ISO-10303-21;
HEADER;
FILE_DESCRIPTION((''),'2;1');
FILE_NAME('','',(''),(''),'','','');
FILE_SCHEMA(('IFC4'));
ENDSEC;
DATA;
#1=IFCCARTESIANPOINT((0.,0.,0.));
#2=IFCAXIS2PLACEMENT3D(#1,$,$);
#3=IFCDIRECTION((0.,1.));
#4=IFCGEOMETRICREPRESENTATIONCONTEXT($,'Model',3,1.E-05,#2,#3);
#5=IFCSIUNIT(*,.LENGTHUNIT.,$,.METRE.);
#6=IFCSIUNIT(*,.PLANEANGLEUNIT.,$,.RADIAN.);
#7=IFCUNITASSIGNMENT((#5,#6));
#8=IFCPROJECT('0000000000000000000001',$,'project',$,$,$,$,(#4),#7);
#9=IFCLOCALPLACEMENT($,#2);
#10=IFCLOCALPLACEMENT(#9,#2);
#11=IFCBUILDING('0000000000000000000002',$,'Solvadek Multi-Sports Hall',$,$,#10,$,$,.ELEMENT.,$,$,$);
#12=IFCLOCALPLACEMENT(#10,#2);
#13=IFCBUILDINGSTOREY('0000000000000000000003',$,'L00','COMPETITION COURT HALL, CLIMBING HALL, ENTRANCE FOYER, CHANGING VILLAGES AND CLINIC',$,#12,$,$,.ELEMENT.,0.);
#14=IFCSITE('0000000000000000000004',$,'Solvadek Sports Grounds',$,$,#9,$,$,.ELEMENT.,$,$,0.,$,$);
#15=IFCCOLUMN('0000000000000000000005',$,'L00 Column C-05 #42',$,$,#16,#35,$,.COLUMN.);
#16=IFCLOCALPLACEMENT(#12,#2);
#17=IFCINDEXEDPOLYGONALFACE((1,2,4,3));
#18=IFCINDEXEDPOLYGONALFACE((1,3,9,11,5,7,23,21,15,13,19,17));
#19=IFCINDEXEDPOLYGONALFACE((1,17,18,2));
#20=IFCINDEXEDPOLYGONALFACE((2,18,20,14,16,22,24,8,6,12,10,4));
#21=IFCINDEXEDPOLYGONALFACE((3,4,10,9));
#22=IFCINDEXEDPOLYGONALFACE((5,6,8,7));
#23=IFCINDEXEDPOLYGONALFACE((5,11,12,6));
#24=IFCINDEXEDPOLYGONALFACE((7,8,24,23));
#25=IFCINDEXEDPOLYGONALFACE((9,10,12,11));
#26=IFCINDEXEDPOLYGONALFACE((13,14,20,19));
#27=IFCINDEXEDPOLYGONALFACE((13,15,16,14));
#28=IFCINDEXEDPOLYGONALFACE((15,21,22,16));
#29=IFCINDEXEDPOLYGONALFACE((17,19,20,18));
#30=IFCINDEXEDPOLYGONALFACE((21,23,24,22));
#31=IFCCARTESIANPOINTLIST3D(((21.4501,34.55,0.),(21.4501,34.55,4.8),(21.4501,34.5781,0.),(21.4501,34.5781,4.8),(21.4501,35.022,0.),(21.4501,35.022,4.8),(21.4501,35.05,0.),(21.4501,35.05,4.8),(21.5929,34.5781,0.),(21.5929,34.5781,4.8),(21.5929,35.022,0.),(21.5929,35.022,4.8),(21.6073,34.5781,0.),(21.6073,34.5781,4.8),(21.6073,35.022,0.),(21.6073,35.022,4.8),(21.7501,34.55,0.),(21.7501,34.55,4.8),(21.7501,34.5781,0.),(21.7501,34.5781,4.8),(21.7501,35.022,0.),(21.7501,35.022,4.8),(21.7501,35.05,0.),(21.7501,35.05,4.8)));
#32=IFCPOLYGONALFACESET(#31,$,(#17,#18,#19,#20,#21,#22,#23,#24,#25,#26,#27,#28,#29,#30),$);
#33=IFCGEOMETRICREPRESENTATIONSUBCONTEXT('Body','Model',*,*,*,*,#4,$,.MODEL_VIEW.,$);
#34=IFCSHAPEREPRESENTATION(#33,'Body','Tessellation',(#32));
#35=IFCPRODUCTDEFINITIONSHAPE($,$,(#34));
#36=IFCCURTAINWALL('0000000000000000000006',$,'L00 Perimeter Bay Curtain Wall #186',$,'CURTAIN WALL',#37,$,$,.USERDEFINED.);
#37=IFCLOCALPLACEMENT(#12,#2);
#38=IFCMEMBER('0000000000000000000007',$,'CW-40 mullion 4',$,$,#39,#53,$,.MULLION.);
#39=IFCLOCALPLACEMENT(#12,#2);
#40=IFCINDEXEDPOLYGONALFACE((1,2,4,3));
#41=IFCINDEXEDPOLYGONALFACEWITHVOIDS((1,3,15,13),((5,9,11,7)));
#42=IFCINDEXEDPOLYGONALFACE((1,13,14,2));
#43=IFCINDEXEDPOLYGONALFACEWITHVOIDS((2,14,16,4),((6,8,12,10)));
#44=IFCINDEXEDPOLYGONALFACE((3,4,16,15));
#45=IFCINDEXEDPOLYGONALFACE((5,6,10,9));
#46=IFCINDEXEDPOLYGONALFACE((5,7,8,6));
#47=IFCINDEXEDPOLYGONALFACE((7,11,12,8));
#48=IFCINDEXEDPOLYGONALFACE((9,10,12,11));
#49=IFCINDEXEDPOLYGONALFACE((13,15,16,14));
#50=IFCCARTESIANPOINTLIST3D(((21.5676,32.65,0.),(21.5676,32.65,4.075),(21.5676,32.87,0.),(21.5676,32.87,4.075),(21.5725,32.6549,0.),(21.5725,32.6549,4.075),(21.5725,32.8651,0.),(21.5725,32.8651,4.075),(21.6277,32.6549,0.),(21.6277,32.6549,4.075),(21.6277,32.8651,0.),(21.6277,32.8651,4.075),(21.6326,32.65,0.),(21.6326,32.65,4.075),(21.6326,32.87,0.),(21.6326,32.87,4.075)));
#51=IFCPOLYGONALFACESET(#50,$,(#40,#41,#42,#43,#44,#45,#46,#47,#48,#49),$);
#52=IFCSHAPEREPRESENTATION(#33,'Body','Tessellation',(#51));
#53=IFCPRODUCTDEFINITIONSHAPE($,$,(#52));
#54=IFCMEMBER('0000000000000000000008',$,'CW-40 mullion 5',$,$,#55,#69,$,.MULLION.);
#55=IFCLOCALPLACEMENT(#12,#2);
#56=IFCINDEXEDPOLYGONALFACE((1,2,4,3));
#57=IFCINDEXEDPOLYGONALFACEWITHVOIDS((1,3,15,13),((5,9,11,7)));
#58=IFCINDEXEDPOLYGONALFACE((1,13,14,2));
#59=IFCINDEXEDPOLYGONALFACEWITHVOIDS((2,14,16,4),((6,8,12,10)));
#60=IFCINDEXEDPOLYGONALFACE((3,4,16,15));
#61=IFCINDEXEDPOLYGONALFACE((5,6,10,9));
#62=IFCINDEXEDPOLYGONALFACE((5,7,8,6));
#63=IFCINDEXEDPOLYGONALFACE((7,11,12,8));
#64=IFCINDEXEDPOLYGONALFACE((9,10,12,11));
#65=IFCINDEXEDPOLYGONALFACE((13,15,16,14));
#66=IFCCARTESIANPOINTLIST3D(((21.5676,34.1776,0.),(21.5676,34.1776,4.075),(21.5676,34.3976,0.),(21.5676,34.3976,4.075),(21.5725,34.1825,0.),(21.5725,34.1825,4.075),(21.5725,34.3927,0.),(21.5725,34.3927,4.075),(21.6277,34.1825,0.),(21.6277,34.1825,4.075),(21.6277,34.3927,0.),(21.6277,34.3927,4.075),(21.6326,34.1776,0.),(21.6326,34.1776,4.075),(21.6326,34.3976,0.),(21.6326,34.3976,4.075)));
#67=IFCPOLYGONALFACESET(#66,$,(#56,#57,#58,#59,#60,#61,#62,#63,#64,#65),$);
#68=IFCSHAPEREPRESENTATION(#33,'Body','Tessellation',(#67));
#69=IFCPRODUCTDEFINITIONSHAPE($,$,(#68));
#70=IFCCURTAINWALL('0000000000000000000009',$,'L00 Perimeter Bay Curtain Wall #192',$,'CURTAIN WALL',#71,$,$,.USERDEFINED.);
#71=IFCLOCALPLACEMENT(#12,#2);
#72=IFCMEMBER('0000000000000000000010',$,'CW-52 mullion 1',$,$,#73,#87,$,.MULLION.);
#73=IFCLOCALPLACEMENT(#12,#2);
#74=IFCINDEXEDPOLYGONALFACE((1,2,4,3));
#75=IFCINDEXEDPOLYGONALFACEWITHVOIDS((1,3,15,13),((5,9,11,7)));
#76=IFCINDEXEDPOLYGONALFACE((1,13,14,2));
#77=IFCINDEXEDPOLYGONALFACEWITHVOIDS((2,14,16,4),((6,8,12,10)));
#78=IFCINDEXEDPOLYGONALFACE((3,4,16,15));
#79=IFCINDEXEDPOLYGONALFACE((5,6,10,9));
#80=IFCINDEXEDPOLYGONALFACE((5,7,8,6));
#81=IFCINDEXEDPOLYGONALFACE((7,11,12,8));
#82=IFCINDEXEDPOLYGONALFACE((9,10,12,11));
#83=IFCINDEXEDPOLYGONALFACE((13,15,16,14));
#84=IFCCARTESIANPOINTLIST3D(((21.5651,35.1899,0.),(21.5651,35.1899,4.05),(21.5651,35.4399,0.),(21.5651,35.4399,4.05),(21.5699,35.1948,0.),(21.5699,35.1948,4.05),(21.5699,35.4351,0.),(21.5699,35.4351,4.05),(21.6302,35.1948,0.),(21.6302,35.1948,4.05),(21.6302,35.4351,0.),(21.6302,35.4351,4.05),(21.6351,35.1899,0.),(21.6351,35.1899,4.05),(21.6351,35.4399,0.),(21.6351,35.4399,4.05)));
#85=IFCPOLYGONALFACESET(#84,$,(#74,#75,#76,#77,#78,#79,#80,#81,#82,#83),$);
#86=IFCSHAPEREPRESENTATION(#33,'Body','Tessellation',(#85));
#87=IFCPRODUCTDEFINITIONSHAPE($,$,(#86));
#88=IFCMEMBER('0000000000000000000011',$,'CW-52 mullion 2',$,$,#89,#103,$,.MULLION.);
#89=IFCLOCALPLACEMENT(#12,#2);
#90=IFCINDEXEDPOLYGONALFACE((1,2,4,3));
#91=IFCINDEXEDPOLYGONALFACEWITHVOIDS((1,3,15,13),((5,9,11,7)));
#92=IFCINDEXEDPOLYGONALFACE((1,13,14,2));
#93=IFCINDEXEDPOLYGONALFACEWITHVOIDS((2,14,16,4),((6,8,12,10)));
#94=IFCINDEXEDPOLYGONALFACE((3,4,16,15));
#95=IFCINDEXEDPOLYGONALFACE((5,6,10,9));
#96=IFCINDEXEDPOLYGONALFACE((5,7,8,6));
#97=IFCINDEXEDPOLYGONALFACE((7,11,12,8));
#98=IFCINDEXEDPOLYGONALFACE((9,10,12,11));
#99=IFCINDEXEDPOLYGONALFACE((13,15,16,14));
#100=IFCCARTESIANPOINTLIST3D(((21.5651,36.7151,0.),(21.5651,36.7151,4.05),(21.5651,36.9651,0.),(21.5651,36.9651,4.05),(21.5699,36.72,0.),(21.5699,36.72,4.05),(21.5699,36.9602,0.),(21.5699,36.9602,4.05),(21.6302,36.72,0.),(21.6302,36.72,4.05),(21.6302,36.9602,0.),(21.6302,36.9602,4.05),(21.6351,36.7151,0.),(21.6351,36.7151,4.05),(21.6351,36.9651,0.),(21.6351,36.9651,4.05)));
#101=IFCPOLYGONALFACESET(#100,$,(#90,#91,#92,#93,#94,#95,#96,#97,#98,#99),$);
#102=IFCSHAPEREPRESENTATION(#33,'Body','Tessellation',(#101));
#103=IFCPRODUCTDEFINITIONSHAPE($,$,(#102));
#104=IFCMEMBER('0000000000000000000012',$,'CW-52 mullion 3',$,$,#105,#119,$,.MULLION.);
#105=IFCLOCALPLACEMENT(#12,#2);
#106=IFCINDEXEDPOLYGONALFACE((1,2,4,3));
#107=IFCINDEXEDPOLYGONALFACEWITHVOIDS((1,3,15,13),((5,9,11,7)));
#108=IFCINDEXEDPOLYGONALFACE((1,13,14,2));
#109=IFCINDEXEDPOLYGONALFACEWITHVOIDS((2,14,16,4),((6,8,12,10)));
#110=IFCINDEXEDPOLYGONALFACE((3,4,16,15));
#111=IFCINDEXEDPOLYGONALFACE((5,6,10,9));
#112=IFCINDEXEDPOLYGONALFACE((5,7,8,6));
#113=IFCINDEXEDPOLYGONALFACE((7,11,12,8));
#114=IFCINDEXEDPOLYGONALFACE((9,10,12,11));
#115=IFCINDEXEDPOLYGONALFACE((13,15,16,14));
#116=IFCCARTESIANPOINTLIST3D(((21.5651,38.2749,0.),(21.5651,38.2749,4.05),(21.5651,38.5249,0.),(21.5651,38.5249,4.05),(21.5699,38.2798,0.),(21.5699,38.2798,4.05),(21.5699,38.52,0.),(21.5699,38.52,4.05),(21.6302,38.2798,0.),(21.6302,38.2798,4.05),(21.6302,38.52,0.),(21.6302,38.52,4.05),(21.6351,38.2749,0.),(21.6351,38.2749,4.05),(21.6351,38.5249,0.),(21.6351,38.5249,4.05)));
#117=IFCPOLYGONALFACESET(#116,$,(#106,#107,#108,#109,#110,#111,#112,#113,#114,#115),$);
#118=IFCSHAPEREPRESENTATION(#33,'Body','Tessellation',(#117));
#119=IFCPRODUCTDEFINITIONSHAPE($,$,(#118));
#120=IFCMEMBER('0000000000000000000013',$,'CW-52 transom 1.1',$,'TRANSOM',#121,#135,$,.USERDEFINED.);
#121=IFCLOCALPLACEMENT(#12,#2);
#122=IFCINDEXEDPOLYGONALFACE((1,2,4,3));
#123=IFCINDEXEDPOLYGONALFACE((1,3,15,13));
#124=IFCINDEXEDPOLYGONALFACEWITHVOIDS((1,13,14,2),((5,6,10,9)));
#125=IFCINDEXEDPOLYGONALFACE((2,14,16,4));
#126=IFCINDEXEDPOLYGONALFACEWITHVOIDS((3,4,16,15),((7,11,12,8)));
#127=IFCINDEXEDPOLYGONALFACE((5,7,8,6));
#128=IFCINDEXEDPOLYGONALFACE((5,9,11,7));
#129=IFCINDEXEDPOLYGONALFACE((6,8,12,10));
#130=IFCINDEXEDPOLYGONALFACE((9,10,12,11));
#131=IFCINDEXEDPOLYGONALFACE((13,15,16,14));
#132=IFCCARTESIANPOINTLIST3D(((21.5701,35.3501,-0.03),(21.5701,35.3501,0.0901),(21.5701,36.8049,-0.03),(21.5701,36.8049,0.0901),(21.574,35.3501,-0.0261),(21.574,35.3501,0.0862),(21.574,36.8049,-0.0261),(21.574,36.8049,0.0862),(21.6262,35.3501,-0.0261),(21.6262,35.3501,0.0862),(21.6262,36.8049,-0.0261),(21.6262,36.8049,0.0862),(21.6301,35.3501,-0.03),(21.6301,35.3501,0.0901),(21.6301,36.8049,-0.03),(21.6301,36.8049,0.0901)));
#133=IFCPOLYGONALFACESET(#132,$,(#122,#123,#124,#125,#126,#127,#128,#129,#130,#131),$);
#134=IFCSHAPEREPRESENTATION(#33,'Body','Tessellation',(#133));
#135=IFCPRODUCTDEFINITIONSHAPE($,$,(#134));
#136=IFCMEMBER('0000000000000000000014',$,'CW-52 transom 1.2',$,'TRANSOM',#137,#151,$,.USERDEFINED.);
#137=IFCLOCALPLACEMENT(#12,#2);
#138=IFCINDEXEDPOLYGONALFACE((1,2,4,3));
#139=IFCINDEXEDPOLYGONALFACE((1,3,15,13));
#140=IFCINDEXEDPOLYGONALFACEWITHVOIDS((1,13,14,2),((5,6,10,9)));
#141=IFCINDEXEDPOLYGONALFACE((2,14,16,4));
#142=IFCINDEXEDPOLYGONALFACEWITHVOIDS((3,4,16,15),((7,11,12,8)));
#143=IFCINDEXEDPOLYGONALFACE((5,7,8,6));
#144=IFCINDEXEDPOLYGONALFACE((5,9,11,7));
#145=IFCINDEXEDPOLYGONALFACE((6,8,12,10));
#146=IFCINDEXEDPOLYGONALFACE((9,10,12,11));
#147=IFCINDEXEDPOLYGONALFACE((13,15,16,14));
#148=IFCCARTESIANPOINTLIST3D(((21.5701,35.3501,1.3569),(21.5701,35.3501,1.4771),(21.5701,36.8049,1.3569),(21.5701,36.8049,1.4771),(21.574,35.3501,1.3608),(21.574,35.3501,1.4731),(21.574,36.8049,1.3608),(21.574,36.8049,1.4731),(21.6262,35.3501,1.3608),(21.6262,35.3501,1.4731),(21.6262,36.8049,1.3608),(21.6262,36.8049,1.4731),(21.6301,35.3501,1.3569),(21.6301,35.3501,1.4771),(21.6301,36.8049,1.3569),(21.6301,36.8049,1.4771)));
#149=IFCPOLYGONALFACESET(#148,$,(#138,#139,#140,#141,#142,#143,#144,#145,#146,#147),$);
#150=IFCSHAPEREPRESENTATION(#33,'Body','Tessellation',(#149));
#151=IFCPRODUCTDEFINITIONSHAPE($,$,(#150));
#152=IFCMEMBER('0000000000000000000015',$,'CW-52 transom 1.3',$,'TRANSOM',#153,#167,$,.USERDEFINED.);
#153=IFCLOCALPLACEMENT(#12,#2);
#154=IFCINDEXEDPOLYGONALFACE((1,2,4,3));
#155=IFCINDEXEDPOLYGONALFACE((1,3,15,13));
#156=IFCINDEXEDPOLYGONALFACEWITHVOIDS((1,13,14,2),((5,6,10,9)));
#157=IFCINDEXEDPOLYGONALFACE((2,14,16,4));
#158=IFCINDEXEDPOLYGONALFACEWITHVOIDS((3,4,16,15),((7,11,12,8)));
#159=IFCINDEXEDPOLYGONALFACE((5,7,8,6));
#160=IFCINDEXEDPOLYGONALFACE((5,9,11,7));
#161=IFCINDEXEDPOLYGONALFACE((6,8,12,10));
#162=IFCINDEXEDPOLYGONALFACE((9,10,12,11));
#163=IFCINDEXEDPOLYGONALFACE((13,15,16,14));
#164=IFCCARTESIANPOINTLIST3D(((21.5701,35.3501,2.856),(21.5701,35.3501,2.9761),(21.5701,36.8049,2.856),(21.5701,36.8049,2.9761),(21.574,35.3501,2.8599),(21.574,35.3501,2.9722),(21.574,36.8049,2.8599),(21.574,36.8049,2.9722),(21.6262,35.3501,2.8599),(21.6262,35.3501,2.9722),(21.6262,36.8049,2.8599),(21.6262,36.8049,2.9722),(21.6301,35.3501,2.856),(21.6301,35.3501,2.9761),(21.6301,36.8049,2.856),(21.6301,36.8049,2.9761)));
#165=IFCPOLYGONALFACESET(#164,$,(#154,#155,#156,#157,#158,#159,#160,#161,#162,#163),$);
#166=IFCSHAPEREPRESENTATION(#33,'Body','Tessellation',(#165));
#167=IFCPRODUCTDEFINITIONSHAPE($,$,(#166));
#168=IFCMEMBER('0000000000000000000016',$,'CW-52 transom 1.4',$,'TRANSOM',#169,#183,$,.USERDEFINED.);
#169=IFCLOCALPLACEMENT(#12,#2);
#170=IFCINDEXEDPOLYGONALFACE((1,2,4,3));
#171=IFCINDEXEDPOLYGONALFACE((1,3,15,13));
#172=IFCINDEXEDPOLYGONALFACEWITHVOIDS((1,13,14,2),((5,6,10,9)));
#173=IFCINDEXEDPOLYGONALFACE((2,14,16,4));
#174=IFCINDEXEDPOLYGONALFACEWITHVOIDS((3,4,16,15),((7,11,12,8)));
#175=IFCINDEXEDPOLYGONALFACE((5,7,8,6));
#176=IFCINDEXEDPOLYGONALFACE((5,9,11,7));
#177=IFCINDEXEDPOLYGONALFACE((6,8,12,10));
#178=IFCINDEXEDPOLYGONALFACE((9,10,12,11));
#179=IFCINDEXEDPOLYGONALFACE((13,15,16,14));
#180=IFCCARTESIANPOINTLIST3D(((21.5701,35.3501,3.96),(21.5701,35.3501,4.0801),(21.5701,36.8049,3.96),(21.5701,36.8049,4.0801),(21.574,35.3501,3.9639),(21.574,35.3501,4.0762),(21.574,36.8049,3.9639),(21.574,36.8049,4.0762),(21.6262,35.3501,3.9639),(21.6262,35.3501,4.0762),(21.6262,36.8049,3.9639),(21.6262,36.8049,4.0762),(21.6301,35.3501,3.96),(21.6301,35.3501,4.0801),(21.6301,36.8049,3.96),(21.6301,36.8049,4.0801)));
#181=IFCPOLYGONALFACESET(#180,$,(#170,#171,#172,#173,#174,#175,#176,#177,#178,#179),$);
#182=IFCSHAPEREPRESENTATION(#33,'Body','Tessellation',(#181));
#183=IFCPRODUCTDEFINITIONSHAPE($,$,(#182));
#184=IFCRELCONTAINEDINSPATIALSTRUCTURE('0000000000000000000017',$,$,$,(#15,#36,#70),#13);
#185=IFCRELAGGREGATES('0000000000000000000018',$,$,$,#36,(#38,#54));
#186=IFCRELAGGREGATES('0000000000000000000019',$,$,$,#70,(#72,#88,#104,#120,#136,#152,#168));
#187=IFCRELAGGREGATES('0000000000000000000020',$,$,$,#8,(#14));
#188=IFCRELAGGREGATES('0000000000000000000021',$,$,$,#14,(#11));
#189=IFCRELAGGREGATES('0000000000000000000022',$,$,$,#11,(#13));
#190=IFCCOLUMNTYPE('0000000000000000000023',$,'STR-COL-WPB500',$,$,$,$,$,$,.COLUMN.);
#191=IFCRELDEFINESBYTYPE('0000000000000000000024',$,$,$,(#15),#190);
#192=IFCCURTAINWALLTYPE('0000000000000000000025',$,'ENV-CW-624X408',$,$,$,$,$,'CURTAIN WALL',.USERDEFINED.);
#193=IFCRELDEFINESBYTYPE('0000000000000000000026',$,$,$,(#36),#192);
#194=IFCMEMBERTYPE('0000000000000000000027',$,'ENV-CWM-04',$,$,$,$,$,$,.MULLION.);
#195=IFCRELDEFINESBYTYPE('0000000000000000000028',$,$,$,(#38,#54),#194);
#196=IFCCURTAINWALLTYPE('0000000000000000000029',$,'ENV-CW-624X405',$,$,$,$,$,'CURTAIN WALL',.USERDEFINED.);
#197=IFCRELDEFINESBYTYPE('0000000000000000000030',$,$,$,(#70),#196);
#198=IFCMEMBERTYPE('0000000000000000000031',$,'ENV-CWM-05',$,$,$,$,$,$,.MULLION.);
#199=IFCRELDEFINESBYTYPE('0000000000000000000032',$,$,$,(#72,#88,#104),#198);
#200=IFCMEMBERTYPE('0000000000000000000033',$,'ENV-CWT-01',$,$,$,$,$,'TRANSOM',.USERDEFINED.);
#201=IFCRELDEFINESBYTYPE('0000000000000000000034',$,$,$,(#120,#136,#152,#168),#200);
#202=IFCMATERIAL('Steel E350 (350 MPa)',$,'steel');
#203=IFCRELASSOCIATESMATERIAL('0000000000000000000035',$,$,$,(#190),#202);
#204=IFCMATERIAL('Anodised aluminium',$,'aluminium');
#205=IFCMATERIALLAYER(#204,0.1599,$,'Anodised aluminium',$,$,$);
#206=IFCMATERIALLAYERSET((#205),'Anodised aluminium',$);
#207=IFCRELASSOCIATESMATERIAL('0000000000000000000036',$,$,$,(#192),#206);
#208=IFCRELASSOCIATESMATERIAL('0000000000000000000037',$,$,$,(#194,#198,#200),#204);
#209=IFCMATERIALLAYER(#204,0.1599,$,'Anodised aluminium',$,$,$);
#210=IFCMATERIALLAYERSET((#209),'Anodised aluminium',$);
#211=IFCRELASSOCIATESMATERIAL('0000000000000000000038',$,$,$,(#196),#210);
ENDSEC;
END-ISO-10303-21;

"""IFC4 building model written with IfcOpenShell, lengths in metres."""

from ifc_helpers import new_model, si_unit, direction, frame, origin, origin_2d, place, context, subcontext, project, spatial, hollow_rectangle, i_section, extrude, material, layer, layer_set, material_profile, profile_set, type_object, element, aggregate, save


model = new_model("IFC4")

# Units and contexts
model_context = context("Model", 3, precision=1e-05, world=origin(), true_north=direction((0.0, 1.0)))
body_context = subcontext(model_context, "Body", "Model", "MODEL_VIEW")
ifc_project = project(units=[si_unit("LENGTHUNIT", "METRE"), si_unit("PLANEANGLEUNIT", "RADIAN")], contexts=[model_context])

# Site, building, storey
site_placement = place(None, origin())
site = spatial("IfcSite", under=ifc_project, at=site_placement, Name="Solvadek Sports Grounds", CompositionType="ELEMENT", RefElevation=0.0)
building_placement = place(site_placement, origin())
building = spatial("IfcBuilding", under=site, at=building_placement, Name="Solvadek Multi-Sports Hall", CompositionType="ELEMENT")
storey_placement = place(building_placement, origin())
storey = spatial("IfcBuildingStorey", under=building, at=storey_placement, Name="L00", Description="COMPETITION COURT HALL, CLIMBING HALL, ENTRANCE FOYER, CHANGING VILLAGES AND CLINIC", CompositionType="ELEMENT", Elevation=0.0)

# Column
ifc_material_1 = material(Name="Steel E350 (350 MPa)", Category="steel")
ifc_material_profile_1 = material_profile(ifc_material_1, i_section(OverallWidth=0.3, OverallDepth=0.5, WebThickness=0.0144, FlangeThickness=0.0281, at=origin_2d()), Name="WPB 500")
ifc_profile_set_1 = profile_set([ifc_material_profile_1], Name="Steel E350 (350 MPa)")
column_type = type_object("IfcColumnType", Name="STR-COL-WPB500", PredefinedType="COLUMN", material=ifc_profile_set_1)
column_placement = place(storey_placement, frame((21.6001, 34.8, 0.0), z_axis=(0.0, 0.0, 1.0), x_axis=(1.0, 0.0, 0.0)))
element("IfcColumn", 1, at=column_placement, inside=storey, type_object=column_type, Name="L00 Column C-05 #42", PredefinedType="COLUMN", context=body_context, shape_type="SweptSolid", body=[
    extrude(i_section(OverallWidth=0.3, OverallDepth=0.5, WebThickness=0.0144, FlangeThickness=0.0281, at=origin_2d()), origin(), (0.0, 0.0, 1.0), 4.8),
])

# Curtain walls, members
ifc_material_2 = material(Name="Anodised aluminium", Category="aluminium")
ifc_layer_1 = layer(ifc_material_2, 0.1599, Name="Anodised aluminium")
ifc_layer_set_1 = layer_set([ifc_layer_1], Name="Anodised aluminium")
curtain_wall_type_1 = type_object("IfcCurtainWallType", Name="ENV-CW-624X408", ElementType="CURTAIN WALL", PredefinedType="USERDEFINED", material=ifc_layer_set_1)
curtain_wall_1_placement = place(storey_placement, origin())
curtain_wall_1 = element("IfcCurtainWall", 2, at=curtain_wall_1_placement, inside=storey, type_object=curtain_wall_type_1, Name="L00 Perimeter Bay Curtain Wall #186", ObjectType="CURTAIN WALL", PredefinedType="USERDEFINED")
ifc_material_profile_2 = material_profile(ifc_material_2, hollow_rectangle(XDim=0.0649, YDim=0.22, WallThickness=0.0049, at=origin_2d()), Name="ALU-M 220x65x5")
ifc_profile_set_2 = profile_set([ifc_material_profile_2], Name="Anodised aluminium")
member_type_1 = type_object("IfcMemberType", Name="ENV-CWM-04", PredefinedType="MULLION", material=ifc_profile_set_2)
member_1_placement = place(storey_placement, frame((21.6001, 32.76, 0.0), z_axis=(0.0, 0.0, 1.0), x_axis=(-1.0, 0.0, 0.0)))
member_1 = element("IfcMember", 3, at=member_1_placement, type_object=member_type_1, Name="CW-40 mullion 4", PredefinedType="MULLION", context=body_context, shape_type="SweptSolid", body=[
    extrude(hollow_rectangle(XDim=0.0649, YDim=0.22, WallThickness=0.0049, at=origin_2d()), origin(), (0.0, 0.0, 1.0), 4.075),
])
member_2_placement = place(storey_placement, frame((21.6001, 34.2876, 0.0), z_axis=(0.0, 0.0, 1.0), x_axis=(-1.0, 0.0, 0.0)))
member_2 = element("IfcMember", 4, at=member_2_placement, type_object=member_type_1, Name="CW-40 mullion 5", PredefinedType="MULLION", context=body_context, shape_type="SweptSolid", body=[
    extrude(hollow_rectangle(XDim=0.0649, YDim=0.22, WallThickness=0.0049, at=origin_2d()), origin(), (0.0, 0.0, 1.0), 4.075),
])
ifc_layer_2 = layer(ifc_material_2, 0.1599, Name="Anodised aluminium")
ifc_layer_set_2 = layer_set([ifc_layer_2], Name="Anodised aluminium")
curtain_wall_type_2 = type_object("IfcCurtainWallType", Name="ENV-CW-624X405", ElementType="CURTAIN WALL", PredefinedType="USERDEFINED", material=ifc_layer_set_2)
curtain_wall_2_placement = place(storey_placement, origin())
curtain_wall_2 = element("IfcCurtainWall", 5, at=curtain_wall_2_placement, inside=storey, type_object=curtain_wall_type_2, Name="L00 Perimeter Bay Curtain Wall #192", ObjectType="CURTAIN WALL", PredefinedType="USERDEFINED")
ifc_material_profile_3 = material_profile(ifc_material_2, hollow_rectangle(XDim=0.0701, YDim=0.25, WallThickness=0.0049, at=origin_2d()), Name="ALU-M 250x70x5")
ifc_profile_set_3 = profile_set([ifc_material_profile_3], Name="Anodised aluminium")
member_type_2 = type_object("IfcMemberType", Name="ENV-CWM-05", PredefinedType="MULLION", material=ifc_profile_set_3)
member_3_placement = place(storey_placement, frame((21.6001, 35.3149, 0.0), z_axis=(0.0, 0.0, 1.0), x_axis=(-1.0, 0.0, 0.0)))
member_3 = element("IfcMember", 6, at=member_3_placement, type_object=member_type_2, Name="CW-52 mullion 1", PredefinedType="MULLION", context=body_context, shape_type="SweptSolid", body=[
    extrude(hollow_rectangle(XDim=0.0701, YDim=0.25, WallThickness=0.0049, at=origin_2d()), origin(), (0.0, 0.0, 1.0), 4.05),
])
member_4_placement = place(storey_placement, frame((21.6001, 36.8401, 0.0), z_axis=(0.0, 0.0, 1.0), x_axis=(-1.0, 0.0, 0.0)))
member_4 = element("IfcMember", 7, at=member_4_placement, type_object=member_type_2, Name="CW-52 mullion 2", PredefinedType="MULLION", context=body_context, shape_type="SweptSolid", body=[
    extrude(hollow_rectangle(XDim=0.0701, YDim=0.25, WallThickness=0.0049, at=origin_2d()), origin(), (0.0, 0.0, 1.0), 4.05),
])
member_5_placement = place(storey_placement, frame((21.6001, 38.3999, 0.0), z_axis=(0.0, 0.0, 1.0), x_axis=(-1.0, 0.0, 0.0)))
member_5 = element("IfcMember", 8, at=member_5_placement, type_object=member_type_2, Name="CW-52 mullion 3", PredefinedType="MULLION", context=body_context, shape_type="SweptSolid", body=[
    extrude(hollow_rectangle(XDim=0.0701, YDim=0.25, WallThickness=0.0049, at=origin_2d()), origin(), (0.0, 0.0, 1.0), 4.05),
])
ifc_material_profile_4 = material_profile(ifc_material_2, hollow_rectangle(XDim=0.0601, YDim=0.1201, WallThickness=0.0039, at=origin_2d()), Name="ALU-T 120x60x4")
ifc_profile_set_4 = profile_set([ifc_material_profile_4], Name="Anodised aluminium")
member_type_3 = type_object("IfcMemberType", Name="ENV-CWT-01", ElementType="TRANSOM", PredefinedType="USERDEFINED", material=ifc_profile_set_4)
member_6_placement = place(storey_placement, frame((21.6001, 35.3501, 0.03), z_axis=(0.0, 1.0, 0.0), x_axis=(-1.0, 0.0, 0.0)))
member_6 = element("IfcMember", 9, at=member_6_placement, type_object=member_type_3, Name="CW-52 transom 1.1", ObjectType="TRANSOM", PredefinedType="USERDEFINED", context=body_context, shape_type="SweptSolid", body=[
    extrude(hollow_rectangle(XDim=0.0601, YDim=0.1201, WallThickness=0.0039, at=origin_2d()), origin(), (0.0, 0.0, 1.0), 1.4548),
])
member_7_placement = place(storey_placement, frame((21.6001, 35.3501, 1.417), z_axis=(0.0, 1.0, 0.0), x_axis=(-1.0, 0.0, 0.0)))
member_7 = element("IfcMember", 10, at=member_7_placement, type_object=member_type_3, Name="CW-52 transom 1.2", ObjectType="TRANSOM", PredefinedType="USERDEFINED", context=body_context, shape_type="SweptSolid", body=[
    extrude(hollow_rectangle(XDim=0.0601, YDim=0.1201, WallThickness=0.0039, at=origin_2d()), origin(), (0.0, 0.0, 1.0), 1.4548),
])
member_8_placement = place(storey_placement, frame((21.6001, 35.3501, 2.916), z_axis=(0.0, 1.0, 0.0), x_axis=(-1.0, 0.0, 0.0)))
member_8 = element("IfcMember", 11, at=member_8_placement, type_object=member_type_3, Name="CW-52 transom 1.3", ObjectType="TRANSOM", PredefinedType="USERDEFINED", context=body_context, shape_type="SweptSolid", body=[
    extrude(hollow_rectangle(XDim=0.0601, YDim=0.1201, WallThickness=0.0039, at=origin_2d()), origin(), (0.0, 0.0, 1.0), 1.4548),
])
member_9_placement = place(storey_placement, frame((21.6001, 35.3501, 4.02), z_axis=(0.0, 1.0, 0.0), x_axis=(-1.0, 0.0, 0.0)))
member_9 = element("IfcMember", 12, at=member_9_placement, type_object=member_type_3, Name="CW-52 transom 1.4", ObjectType="TRANSOM", PredefinedType="USERDEFINED", context=body_context, shape_type="SweptSolid", body=[
    extrude(hollow_rectangle(XDim=0.0601, YDim=0.1201, WallThickness=0.0039, at=origin_2d()), origin(), (0.0, 0.0, 1.0), 1.4548),
])

aggregate(curtain_wall_1, [member_1, member_2])
aggregate(curtain_wall_2, [member_3, member_4, member_5, member_6, member_7, member_8, member_9])

save(model, "model.ifc")
